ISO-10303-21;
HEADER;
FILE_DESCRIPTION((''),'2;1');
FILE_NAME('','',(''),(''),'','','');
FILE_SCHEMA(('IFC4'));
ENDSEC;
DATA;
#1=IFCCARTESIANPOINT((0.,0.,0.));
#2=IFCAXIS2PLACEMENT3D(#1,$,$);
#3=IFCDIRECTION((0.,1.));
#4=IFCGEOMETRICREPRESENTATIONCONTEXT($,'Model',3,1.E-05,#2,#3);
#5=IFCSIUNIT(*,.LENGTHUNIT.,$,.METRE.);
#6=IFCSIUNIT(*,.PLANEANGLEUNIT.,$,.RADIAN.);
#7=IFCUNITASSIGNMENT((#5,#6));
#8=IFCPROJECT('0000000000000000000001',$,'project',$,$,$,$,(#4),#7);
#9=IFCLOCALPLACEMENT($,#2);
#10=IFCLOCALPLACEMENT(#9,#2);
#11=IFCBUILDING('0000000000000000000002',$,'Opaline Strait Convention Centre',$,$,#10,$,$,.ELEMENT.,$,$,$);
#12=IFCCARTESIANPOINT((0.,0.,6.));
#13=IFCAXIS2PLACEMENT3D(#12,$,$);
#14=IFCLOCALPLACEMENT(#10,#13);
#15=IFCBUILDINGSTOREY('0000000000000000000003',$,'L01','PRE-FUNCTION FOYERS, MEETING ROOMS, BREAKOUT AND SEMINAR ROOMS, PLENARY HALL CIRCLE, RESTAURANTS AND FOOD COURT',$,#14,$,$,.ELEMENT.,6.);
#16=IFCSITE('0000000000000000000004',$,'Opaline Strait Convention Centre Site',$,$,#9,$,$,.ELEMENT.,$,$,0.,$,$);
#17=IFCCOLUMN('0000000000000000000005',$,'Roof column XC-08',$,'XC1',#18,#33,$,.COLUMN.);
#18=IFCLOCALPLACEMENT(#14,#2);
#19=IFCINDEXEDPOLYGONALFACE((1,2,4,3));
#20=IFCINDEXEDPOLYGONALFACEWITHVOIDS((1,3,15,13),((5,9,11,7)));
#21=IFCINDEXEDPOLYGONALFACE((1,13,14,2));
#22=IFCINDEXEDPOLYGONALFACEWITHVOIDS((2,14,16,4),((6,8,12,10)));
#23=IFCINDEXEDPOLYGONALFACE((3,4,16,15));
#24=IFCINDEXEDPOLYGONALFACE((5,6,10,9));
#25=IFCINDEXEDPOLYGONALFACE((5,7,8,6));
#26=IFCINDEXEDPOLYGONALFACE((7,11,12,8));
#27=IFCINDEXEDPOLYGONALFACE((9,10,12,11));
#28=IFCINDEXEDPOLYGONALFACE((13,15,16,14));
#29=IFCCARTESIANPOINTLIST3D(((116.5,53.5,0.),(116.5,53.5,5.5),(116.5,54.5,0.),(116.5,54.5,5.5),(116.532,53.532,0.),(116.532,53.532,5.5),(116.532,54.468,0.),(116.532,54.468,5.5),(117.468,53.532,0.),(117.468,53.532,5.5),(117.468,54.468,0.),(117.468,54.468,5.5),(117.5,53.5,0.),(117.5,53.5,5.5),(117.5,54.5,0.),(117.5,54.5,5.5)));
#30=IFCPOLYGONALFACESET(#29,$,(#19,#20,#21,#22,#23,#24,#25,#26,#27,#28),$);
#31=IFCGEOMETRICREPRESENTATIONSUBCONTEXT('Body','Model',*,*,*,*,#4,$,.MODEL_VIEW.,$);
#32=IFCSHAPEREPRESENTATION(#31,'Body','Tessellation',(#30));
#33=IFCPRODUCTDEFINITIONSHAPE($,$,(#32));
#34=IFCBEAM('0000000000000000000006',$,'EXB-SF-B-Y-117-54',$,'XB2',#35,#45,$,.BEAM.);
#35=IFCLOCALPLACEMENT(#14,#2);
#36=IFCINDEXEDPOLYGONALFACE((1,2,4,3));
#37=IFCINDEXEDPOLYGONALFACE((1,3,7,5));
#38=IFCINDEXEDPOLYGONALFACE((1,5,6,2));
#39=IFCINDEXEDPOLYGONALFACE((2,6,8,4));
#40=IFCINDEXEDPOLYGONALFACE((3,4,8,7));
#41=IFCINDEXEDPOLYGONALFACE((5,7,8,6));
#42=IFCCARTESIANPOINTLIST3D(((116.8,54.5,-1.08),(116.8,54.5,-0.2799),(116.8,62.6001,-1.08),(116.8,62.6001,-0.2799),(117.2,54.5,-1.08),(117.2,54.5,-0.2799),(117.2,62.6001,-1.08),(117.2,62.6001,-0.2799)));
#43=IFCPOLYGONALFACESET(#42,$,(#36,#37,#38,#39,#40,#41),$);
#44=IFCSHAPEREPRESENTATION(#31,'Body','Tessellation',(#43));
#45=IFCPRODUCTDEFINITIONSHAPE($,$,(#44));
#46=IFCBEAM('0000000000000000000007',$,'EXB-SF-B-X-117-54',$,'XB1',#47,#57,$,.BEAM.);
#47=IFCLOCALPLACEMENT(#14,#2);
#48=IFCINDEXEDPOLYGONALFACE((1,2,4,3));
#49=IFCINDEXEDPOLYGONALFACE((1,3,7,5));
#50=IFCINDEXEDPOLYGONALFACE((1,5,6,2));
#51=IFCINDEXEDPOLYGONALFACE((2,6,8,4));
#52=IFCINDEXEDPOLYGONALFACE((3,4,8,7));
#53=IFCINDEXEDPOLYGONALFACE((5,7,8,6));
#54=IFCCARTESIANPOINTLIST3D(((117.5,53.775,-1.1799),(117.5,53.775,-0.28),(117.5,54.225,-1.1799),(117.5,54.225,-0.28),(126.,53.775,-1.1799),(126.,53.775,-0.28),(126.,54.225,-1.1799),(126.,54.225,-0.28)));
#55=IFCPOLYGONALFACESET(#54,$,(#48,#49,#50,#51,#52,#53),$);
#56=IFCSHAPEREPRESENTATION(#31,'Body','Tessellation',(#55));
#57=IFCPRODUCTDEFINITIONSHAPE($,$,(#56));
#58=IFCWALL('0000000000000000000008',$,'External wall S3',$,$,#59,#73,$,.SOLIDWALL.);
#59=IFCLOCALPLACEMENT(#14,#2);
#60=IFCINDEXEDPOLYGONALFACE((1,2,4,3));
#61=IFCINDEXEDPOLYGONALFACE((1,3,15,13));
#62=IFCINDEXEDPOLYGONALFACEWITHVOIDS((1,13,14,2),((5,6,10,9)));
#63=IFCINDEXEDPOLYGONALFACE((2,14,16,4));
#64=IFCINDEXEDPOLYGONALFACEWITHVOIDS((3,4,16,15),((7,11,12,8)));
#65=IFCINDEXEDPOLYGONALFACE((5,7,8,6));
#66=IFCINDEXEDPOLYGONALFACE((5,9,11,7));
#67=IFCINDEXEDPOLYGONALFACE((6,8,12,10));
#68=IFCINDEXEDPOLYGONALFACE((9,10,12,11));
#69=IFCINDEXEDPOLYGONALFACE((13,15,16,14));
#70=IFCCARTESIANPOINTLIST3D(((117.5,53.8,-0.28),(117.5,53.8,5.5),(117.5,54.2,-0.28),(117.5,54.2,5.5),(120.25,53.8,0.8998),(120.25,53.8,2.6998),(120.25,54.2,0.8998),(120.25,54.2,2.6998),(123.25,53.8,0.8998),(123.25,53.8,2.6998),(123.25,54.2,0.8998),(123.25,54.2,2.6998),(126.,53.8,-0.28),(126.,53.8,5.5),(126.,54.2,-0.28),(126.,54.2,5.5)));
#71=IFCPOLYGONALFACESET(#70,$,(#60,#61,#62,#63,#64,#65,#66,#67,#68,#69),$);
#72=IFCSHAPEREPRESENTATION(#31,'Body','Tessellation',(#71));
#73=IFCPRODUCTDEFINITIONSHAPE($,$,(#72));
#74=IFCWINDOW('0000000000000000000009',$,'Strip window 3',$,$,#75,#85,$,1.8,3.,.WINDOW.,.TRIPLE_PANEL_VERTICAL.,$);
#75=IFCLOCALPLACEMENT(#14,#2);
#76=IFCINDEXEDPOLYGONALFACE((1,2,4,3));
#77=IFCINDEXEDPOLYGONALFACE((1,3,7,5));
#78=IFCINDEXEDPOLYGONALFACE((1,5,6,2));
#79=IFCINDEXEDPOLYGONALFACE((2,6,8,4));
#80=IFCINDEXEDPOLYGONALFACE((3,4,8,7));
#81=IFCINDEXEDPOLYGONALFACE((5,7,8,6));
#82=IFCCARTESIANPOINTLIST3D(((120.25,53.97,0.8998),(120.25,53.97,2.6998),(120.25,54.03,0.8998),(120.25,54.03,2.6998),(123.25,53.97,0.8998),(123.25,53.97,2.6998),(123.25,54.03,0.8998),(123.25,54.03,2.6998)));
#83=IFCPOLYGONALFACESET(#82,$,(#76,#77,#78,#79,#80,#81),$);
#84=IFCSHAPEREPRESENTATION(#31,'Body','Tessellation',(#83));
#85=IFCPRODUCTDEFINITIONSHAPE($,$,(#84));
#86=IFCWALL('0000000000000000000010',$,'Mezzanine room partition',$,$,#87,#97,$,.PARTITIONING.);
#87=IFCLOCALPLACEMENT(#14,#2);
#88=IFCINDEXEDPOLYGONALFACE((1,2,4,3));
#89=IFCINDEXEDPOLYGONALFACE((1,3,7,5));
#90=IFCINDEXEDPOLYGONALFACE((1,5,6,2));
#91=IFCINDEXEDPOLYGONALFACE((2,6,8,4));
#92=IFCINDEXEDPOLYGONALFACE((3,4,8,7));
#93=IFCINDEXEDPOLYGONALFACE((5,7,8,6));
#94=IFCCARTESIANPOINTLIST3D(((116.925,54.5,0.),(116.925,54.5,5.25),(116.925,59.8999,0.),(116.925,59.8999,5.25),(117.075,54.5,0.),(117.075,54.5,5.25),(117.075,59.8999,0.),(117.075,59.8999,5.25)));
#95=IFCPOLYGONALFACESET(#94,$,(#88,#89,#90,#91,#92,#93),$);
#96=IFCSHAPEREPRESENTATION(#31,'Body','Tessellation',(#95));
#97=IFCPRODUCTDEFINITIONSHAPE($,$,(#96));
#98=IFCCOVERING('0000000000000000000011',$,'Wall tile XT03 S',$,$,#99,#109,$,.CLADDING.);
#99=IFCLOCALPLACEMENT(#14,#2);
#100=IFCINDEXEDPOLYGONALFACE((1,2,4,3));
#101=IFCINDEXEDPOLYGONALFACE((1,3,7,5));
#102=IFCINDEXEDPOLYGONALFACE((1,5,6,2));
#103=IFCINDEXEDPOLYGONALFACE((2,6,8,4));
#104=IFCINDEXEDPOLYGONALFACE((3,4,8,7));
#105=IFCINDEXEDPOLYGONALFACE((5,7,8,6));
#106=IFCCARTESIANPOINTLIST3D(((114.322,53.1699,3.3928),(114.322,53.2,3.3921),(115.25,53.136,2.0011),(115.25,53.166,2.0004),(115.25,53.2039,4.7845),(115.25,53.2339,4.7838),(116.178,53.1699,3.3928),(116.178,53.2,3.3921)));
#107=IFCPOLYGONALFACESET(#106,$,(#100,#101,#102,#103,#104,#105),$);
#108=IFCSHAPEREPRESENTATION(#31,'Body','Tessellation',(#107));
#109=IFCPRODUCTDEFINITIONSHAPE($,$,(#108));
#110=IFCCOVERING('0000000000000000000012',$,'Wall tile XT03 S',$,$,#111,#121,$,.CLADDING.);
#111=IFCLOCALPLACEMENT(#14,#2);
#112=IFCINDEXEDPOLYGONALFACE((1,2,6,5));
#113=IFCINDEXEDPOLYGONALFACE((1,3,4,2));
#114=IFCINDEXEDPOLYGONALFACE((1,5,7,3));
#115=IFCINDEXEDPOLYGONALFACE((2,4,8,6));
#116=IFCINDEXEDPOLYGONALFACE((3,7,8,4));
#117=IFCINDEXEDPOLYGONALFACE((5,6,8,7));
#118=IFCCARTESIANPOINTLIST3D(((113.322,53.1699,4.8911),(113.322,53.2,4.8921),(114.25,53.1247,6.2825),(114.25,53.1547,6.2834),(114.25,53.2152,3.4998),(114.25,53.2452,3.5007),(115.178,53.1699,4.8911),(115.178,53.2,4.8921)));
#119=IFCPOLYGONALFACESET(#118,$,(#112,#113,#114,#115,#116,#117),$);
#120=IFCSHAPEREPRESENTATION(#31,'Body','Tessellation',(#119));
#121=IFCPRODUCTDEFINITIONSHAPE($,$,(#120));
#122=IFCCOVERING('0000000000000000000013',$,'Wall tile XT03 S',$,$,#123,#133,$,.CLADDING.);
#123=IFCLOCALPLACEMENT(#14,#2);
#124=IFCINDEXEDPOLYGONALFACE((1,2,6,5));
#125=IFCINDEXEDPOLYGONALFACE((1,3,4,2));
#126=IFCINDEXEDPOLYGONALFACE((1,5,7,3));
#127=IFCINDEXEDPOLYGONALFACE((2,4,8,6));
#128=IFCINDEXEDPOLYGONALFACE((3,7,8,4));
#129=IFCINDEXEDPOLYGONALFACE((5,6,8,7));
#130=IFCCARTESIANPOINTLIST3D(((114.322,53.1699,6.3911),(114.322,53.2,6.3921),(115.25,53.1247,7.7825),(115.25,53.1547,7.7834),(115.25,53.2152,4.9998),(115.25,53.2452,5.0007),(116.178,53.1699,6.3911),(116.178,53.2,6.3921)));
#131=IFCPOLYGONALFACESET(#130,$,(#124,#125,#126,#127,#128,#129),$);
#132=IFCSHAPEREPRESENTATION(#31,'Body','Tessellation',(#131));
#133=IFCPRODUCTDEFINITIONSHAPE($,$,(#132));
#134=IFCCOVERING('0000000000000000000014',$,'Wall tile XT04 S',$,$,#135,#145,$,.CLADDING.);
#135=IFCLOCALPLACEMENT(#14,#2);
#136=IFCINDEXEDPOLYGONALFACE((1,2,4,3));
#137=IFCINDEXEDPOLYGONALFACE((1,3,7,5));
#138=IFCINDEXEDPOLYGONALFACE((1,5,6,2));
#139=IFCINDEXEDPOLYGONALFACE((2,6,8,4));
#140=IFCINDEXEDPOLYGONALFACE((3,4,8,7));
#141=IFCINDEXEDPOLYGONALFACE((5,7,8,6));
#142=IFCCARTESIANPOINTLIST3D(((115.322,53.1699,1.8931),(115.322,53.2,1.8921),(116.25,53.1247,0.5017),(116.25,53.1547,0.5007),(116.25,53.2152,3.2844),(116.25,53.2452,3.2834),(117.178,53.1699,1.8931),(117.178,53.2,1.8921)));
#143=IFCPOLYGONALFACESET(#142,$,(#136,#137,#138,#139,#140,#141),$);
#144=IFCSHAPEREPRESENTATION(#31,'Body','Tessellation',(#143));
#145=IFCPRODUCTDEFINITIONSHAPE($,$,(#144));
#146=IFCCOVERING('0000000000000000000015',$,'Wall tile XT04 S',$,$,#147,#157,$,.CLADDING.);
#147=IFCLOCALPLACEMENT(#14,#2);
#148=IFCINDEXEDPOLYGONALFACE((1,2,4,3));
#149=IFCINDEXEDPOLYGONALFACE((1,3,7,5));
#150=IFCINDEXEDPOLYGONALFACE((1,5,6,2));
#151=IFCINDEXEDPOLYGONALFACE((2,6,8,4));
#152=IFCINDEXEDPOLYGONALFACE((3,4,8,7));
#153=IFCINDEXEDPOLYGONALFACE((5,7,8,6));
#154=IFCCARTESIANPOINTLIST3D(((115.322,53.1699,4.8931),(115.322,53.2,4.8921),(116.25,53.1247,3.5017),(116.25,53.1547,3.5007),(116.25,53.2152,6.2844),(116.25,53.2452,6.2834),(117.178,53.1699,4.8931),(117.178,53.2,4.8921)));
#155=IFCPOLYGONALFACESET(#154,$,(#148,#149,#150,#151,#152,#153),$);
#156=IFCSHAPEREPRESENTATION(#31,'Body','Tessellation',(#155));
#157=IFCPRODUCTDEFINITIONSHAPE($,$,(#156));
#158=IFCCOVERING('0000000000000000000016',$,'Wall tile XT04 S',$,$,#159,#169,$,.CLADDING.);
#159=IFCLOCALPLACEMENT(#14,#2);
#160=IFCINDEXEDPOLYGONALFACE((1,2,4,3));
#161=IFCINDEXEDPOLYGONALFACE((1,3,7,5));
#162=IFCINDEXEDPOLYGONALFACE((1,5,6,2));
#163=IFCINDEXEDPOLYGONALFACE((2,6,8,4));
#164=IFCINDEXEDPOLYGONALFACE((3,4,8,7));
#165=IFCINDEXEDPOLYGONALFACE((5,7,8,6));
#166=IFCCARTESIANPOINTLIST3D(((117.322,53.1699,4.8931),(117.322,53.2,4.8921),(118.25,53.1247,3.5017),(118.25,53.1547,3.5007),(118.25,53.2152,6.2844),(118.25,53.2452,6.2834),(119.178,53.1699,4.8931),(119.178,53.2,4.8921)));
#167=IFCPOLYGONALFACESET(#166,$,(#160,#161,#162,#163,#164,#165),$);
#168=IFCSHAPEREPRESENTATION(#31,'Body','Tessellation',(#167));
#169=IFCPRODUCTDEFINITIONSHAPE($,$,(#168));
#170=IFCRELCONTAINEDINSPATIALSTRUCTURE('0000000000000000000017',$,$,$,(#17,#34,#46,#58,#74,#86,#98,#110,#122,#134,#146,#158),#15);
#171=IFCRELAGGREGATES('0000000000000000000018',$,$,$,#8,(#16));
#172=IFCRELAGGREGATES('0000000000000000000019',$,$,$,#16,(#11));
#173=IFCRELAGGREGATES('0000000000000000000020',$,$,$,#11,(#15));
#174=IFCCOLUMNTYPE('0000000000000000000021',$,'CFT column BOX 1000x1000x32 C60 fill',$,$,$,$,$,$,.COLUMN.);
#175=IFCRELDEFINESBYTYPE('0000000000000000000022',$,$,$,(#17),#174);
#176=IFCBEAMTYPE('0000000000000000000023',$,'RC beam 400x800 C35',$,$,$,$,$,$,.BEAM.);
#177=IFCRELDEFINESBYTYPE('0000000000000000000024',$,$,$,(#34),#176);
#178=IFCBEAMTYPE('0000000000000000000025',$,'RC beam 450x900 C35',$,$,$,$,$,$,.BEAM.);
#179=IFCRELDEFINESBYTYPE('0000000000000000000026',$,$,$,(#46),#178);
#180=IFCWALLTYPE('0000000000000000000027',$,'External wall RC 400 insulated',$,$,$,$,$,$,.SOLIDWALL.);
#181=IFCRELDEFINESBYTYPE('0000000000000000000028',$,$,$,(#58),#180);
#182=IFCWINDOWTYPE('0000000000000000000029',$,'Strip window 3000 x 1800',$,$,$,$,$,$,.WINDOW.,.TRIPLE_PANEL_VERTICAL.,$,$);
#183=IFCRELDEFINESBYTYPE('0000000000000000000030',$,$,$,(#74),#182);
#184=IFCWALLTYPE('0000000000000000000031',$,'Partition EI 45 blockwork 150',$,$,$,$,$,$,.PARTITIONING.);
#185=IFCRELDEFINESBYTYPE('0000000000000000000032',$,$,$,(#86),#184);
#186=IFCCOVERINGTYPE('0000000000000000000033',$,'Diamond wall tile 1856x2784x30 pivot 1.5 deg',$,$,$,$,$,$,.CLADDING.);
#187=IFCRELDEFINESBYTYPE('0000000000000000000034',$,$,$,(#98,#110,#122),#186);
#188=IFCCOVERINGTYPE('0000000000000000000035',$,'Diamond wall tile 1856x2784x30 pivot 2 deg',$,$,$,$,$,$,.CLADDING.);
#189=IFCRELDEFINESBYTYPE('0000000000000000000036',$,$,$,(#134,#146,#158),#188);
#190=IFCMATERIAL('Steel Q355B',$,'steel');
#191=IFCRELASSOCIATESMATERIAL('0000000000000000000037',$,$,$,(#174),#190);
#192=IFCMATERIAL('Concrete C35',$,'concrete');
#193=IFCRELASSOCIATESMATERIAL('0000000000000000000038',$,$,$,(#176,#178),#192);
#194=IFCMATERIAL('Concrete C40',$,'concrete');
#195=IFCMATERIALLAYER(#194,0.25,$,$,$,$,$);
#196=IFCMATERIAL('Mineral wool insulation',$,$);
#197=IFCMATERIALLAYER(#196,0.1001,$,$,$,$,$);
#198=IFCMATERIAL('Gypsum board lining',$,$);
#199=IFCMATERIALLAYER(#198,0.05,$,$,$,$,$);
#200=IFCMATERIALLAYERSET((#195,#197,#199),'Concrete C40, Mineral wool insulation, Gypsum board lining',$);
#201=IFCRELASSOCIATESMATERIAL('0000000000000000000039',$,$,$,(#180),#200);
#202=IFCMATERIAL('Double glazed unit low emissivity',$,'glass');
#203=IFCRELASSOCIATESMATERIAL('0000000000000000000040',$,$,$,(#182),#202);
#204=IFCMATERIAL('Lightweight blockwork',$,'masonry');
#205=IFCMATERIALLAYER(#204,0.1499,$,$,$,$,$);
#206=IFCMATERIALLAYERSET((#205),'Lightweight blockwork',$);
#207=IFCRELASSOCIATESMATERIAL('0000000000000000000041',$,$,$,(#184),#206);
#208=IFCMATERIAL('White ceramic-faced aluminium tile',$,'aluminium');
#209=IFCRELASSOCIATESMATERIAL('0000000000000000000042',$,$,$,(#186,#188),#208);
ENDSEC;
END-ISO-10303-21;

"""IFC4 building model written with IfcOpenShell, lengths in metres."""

from ifc_helpers import new_model, si_unit, direction, frame, frame_2d, origin, origin_2d, place, context, subcontext, project, spatial, polyline, rectangle, hollow_rectangle, outline, extrude, material, layer, layer_set, material_profile, profile_set, type_object, element, fill, save


model = new_model("IFC4")

# Units and contexts
model_context = context("Model", 3, precision=1e-05, world=origin(), true_north=direction((0.0, 1.0)))
body_context = subcontext(model_context, "Body", "Model", "MODEL_VIEW")
ifc_project = project(units=[si_unit("LENGTHUNIT", "METRE"), si_unit("PLANEANGLEUNIT", "RADIAN")], contexts=[model_context])

# Site, building, storey
site_placement = place(None, origin())
site = spatial("IfcSite", under=ifc_project, at=site_placement, Name="Opaline Strait Convention Centre Site", CompositionType="ELEMENT", RefElevation=0.0)
building_placement = place(site_placement, origin())
building = spatial("IfcBuilding", under=site, at=building_placement, Name="Opaline Strait Convention Centre", CompositionType="ELEMENT")
storey_placement = place(building_placement, frame((0.0, 0.0, 6.0)))
storey = spatial("IfcBuildingStorey", under=building, at=storey_placement, Name="L01", Description="PRE-FUNCTION FOYERS, MEETING ROOMS, BREAKOUT AND SEMINAR ROOMS, PLENARY HALL CIRCLE, RESTAURANTS AND FOOD COURT", CompositionType="ELEMENT", Elevation=6.0)

# Column
ifc_material_1 = material(Name="Steel Q355B", Category="steel")
ifc_material_profile_1 = material_profile(ifc_material_1, hollow_rectangle(XDim=1.0, YDim=1.0, WallThickness=0.032, at=origin_2d()), Name="BOX 1000x1000x32")
ifc_profile_set_1 = profile_set([ifc_material_profile_1], Name="Steel Q355B")
column_type = type_object("IfcColumnType", Name="CFT column BOX 1000x1000x32 C60 fill", PredefinedType="COLUMN", material=ifc_profile_set_1)
column_placement = place(storey_placement, frame((117.0, 54.0, 0.0), z_axis=(0.0, 0.0, 1.0), x_axis=(1.0, 0.0, 0.0)))
element("IfcColumn", 1, at=column_placement, inside=storey, type_object=column_type, Name="Roof column XC-08", ObjectType="XC1", PredefinedType="COLUMN", context=body_context, shape_type="SweptSolid", body=[
    extrude(hollow_rectangle(XDim=1.0, YDim=1.0, WallThickness=0.032, at=origin_2d()), origin(), (0.0, 0.0, 1.0), 5.5),
])

# Beams
ifc_material_2 = material(Name="Concrete C35", Category="concrete")
ifc_material_profile_2 = material_profile(ifc_material_2, rectangle(XDim=0.3999, YDim=0.8, at=origin_2d()), Name="RC 400x800")
ifc_profile_set_2 = profile_set([ifc_material_profile_2], Name="Concrete C35")
beam_type_1 = type_object("IfcBeamType", Name="RC beam 400x800 C35", PredefinedType="BEAM", material=ifc_profile_set_2)
beam_1_placement = place(storey_placement, frame((117.0, 54.5, -0.6799), z_axis=(0.0, 1.0, 0.0), x_axis=(-1.0, 0.0, 0.0)))
element("IfcBeam", 2, at=beam_1_placement, inside=storey, type_object=beam_type_1, Name="EXB-SF-B-Y-117-54", ObjectType="XB2", PredefinedType="BEAM", context=body_context, shape_type="SweptSolid", body=[
    extrude(rectangle(XDim=0.3999, YDim=0.8, at=origin_2d()), origin(), (0.0, 0.0, 1.0), 8.1001),
])
ifc_material_profile_3 = material_profile(ifc_material_2, rectangle(XDim=0.45, YDim=0.8999, at=origin_2d()), Name="RC 450x900")
ifc_profile_set_3 = profile_set([ifc_material_profile_3], Name="Concrete C35")
beam_type_2 = type_object("IfcBeamType", Name="RC beam 450x900 C35", PredefinedType="BEAM", material=ifc_profile_set_3)
beam_2_placement = place(storey_placement, frame((117.5, 54.0, -0.73), z_axis=(1.0, 0.0, 0.0), x_axis=(0.0, 1.0, 0.0)))
element("IfcBeam", 3, at=beam_2_placement, inside=storey, type_object=beam_type_2, Name="EXB-SF-B-X-117-54", ObjectType="XB1", PredefinedType="BEAM", context=body_context, shape_type="SweptSolid", body=[
    extrude(rectangle(XDim=0.45, YDim=0.8999, at=origin_2d()), origin(), (0.0, 0.0, 1.0), 8.5),
])

# Wall, opening, window
ifc_material_3 = material(Name="Concrete C40", Category="concrete")
ifc_layer_1 = layer(ifc_material_3, 0.25)
ifc_material_4 = material(Name="Mineral wool insulation")
ifc_layer_2 = layer(ifc_material_4, 0.1001)
ifc_material_5 = material(Name="Gypsum board lining")
ifc_layer_3 = layer(ifc_material_5, 0.05)
ifc_layer_set_1 = layer_set([ifc_layer_1, ifc_layer_2, ifc_layer_3], Name="Concrete C40, Mineral wool insulation, Gypsum board lining")
wall_type_1 = type_object("IfcWallType", Name="External wall RC 400 insulated", PredefinedType="SOLIDWALL", material=ifc_layer_set_1)
wall_1_placement = place(storey_placement, frame((117.5, 54.0, -0.28), z_axis=(0.0, 0.0, 1.0), x_axis=(1.0, 0.0, 0.0)))
wall_1 = element("IfcWall", 4, at=wall_1_placement, inside=storey, type_object=wall_type_1, Name="External wall S3", PredefinedType="SOLIDWALL", context=body_context, shape_type="SweptSolid", body=[
    extrude(rectangle(XDim=8.5, YDim=0.3999, at=frame_2d((4.25, 0.0))), origin(), (0.0, 0.0, 1.0), 5.78),
])
opening_placement = place(wall_1_placement, frame((2.75, 0.0, 1.1799)))
opening = element("IfcOpeningElement", 5, at=opening_placement, cuts=wall_1, PredefinedType="OPENING", context=body_context, shape_type="SweptSolid", body=[
    extrude(rectangle(XDim=3.0, YDim=1.8, at=frame_2d((1.5, 0.8999))), frame((0.0, 0.21, 0.0), z_axis=(0.0, -1.0, 0.0), x_axis=(1.0, 0.0, 0.0)), (0.0, 0.0, 1.0), 0.4199),
])
ifc_material_6 = material(Name="Double glazed unit low emissivity", Category="glass")
window_type = type_object("IfcWindowType", Name="Strip window 3000 x 1800", PartitioningType="TRIPLE_PANEL_VERTICAL", PredefinedType="WINDOW", material=ifc_material_6)
window_placement = place(opening_placement, origin())
window = element("IfcWindow", 6, at=window_placement, inside=storey, type_object=window_type, Name="Strip window 3", OverallHeight=1.8, OverallWidth=3.0, PartitioningType="TRIPLE_PANEL_VERTICAL", PredefinedType="WINDOW", context=body_context, shape_type="SweptSolid", body=[
    extrude(rectangle(XDim=3.0, YDim=1.8, at=frame_2d((1.5, 0.8999))), frame((0.0, 0.03, 0.0), z_axis=(0.0, -1.0, 0.0), x_axis=(1.0, 0.0, 0.0)), (0.0, 0.0, 1.0), 0.0601),
])
fill(opening, window)

# Wall
ifc_material_7 = material(Name="Lightweight blockwork", Category="masonry")
ifc_layer_4 = layer(ifc_material_7, 0.1499)
ifc_layer_set_2 = layer_set([ifc_layer_4], Name="Lightweight blockwork")
wall_type_2 = type_object("IfcWallType", Name="Partition EI 45 blockwork 150", PredefinedType="PARTITIONING", material=ifc_layer_set_2)
wall_2_placement = place(storey_placement, frame((117.0, 54.5, 0.0), z_axis=(0.0, 0.0, 1.0), x_axis=(0.0, 1.0, 0.0)))
element("IfcWall", 7, at=wall_2_placement, inside=storey, type_object=wall_type_2, Name="Mezzanine room partition", PredefinedType="PARTITIONING", context=body_context, shape_type="SweptSolid", body=[
    extrude(rectangle(XDim=5.3999, YDim=0.1499, at=frame_2d((2.7, 0.0))), origin(), (0.0, 0.0, 1.0), 5.25),
])

# Coverings
ifc_material_8 = material(Name="White ceramic-faced aluminium tile", Category="aluminium")
ifc_material_profile_4 = material_profile(ifc_material_8, outline(polyline([(0.928, 0.0), (0.0, 1.3921), (-0.928, 0.0), (0.0, -1.3921), (0.928, 0.0)])), Name="Diamond tile 1856x2784")
ifc_profile_set_4 = profile_set([ifc_material_profile_4], Name="White ceramic-faced aluminium tile")
covering_type_1 = type_object("IfcCoveringType", Name="Diamond wall tile 1856x2784x30 pivot 1.5 deg", PredefinedType="CLADDING", material=ifc_profile_set_4)
for number, where, z_axis, x_axis, name in (
    (8, (115.25, 53.2, 3.3921), (0.0, -0.999703, 0.024383), (1.0, 0.0, 0.0), "Wall tile XT03 S"),
    (9, (114.25, 53.2, 4.8921), (0.0, -0.999472, -0.032503), (1.0, 0.0, 0.0), "Wall tile XT03 S"),
    (10, (115.25, 53.2, 6.3921), (0.0, -0.999472, -0.032503), (1.0, 0.0, 0.0), "Wall tile XT03 S"),
):
    element("IfcCovering", number, at=place(storey_placement, frame(where, z_axis=z_axis, x_axis=x_axis)), inside=storey, type_object=covering_type_1, Name=name, PredefinedType="CLADDING", context=body_context, shape_type="SweptSolid", body=[
        extrude(outline(polyline([(0.928, 0.0), (0.0, 1.3921), (-0.928, 0.0), (0.0, -1.3921), (0.928, 0.0)])), origin(), (0.0, 0.0, 1.0), 0.03),
    ])
ifc_material_profile_5 = material_profile(ifc_material_8, outline(polyline([(0.928, 0.0), (0.0, 1.3921), (-0.928, 0.0), (0.0, -1.3921), (0.928, 0.0)])), Name="Diamond tile 1856x2784")
ifc_profile_set_5 = profile_set([ifc_material_profile_5], Name="White ceramic-faced aluminium tile")
covering_type_2 = type_object("IfcCoveringType", Name="Diamond wall tile 1856x2784x30 pivot 2 deg", PredefinedType="CLADDING", material=ifc_profile_set_5)
for number, where, z_axis, x_axis, name in (
    (11, (116.25, 53.2, 1.8921), (0.0, -0.999472, 0.032503), (1.0, 0.0, 0.0), "Wall tile XT04 S"),
    (12, (116.25, 53.2, 4.8921), (0.0, -0.999472, 0.032503), (1.0, 0.0, 0.0), "Wall tile XT04 S"),
    (13, (118.25, 53.2, 4.8921), (0.0, -0.999472, 0.032503), (1.0, 0.0, 0.0), "Wall tile XT04 S"),
):
    element("IfcCovering", number, at=place(storey_placement, frame(where, z_axis=z_axis, x_axis=x_axis)), inside=storey, type_object=covering_type_2, Name=name, PredefinedType="CLADDING", context=body_context, shape_type="SweptSolid", body=[
        extrude(outline(polyline([(0.928, 0.0), (0.0, 1.3921), (-0.928, 0.0), (0.0, -1.3921), (0.928, 0.0)])), origin(), (0.0, 0.0, 1.0), 0.03),
    ])

save(model, "model.ifc")
